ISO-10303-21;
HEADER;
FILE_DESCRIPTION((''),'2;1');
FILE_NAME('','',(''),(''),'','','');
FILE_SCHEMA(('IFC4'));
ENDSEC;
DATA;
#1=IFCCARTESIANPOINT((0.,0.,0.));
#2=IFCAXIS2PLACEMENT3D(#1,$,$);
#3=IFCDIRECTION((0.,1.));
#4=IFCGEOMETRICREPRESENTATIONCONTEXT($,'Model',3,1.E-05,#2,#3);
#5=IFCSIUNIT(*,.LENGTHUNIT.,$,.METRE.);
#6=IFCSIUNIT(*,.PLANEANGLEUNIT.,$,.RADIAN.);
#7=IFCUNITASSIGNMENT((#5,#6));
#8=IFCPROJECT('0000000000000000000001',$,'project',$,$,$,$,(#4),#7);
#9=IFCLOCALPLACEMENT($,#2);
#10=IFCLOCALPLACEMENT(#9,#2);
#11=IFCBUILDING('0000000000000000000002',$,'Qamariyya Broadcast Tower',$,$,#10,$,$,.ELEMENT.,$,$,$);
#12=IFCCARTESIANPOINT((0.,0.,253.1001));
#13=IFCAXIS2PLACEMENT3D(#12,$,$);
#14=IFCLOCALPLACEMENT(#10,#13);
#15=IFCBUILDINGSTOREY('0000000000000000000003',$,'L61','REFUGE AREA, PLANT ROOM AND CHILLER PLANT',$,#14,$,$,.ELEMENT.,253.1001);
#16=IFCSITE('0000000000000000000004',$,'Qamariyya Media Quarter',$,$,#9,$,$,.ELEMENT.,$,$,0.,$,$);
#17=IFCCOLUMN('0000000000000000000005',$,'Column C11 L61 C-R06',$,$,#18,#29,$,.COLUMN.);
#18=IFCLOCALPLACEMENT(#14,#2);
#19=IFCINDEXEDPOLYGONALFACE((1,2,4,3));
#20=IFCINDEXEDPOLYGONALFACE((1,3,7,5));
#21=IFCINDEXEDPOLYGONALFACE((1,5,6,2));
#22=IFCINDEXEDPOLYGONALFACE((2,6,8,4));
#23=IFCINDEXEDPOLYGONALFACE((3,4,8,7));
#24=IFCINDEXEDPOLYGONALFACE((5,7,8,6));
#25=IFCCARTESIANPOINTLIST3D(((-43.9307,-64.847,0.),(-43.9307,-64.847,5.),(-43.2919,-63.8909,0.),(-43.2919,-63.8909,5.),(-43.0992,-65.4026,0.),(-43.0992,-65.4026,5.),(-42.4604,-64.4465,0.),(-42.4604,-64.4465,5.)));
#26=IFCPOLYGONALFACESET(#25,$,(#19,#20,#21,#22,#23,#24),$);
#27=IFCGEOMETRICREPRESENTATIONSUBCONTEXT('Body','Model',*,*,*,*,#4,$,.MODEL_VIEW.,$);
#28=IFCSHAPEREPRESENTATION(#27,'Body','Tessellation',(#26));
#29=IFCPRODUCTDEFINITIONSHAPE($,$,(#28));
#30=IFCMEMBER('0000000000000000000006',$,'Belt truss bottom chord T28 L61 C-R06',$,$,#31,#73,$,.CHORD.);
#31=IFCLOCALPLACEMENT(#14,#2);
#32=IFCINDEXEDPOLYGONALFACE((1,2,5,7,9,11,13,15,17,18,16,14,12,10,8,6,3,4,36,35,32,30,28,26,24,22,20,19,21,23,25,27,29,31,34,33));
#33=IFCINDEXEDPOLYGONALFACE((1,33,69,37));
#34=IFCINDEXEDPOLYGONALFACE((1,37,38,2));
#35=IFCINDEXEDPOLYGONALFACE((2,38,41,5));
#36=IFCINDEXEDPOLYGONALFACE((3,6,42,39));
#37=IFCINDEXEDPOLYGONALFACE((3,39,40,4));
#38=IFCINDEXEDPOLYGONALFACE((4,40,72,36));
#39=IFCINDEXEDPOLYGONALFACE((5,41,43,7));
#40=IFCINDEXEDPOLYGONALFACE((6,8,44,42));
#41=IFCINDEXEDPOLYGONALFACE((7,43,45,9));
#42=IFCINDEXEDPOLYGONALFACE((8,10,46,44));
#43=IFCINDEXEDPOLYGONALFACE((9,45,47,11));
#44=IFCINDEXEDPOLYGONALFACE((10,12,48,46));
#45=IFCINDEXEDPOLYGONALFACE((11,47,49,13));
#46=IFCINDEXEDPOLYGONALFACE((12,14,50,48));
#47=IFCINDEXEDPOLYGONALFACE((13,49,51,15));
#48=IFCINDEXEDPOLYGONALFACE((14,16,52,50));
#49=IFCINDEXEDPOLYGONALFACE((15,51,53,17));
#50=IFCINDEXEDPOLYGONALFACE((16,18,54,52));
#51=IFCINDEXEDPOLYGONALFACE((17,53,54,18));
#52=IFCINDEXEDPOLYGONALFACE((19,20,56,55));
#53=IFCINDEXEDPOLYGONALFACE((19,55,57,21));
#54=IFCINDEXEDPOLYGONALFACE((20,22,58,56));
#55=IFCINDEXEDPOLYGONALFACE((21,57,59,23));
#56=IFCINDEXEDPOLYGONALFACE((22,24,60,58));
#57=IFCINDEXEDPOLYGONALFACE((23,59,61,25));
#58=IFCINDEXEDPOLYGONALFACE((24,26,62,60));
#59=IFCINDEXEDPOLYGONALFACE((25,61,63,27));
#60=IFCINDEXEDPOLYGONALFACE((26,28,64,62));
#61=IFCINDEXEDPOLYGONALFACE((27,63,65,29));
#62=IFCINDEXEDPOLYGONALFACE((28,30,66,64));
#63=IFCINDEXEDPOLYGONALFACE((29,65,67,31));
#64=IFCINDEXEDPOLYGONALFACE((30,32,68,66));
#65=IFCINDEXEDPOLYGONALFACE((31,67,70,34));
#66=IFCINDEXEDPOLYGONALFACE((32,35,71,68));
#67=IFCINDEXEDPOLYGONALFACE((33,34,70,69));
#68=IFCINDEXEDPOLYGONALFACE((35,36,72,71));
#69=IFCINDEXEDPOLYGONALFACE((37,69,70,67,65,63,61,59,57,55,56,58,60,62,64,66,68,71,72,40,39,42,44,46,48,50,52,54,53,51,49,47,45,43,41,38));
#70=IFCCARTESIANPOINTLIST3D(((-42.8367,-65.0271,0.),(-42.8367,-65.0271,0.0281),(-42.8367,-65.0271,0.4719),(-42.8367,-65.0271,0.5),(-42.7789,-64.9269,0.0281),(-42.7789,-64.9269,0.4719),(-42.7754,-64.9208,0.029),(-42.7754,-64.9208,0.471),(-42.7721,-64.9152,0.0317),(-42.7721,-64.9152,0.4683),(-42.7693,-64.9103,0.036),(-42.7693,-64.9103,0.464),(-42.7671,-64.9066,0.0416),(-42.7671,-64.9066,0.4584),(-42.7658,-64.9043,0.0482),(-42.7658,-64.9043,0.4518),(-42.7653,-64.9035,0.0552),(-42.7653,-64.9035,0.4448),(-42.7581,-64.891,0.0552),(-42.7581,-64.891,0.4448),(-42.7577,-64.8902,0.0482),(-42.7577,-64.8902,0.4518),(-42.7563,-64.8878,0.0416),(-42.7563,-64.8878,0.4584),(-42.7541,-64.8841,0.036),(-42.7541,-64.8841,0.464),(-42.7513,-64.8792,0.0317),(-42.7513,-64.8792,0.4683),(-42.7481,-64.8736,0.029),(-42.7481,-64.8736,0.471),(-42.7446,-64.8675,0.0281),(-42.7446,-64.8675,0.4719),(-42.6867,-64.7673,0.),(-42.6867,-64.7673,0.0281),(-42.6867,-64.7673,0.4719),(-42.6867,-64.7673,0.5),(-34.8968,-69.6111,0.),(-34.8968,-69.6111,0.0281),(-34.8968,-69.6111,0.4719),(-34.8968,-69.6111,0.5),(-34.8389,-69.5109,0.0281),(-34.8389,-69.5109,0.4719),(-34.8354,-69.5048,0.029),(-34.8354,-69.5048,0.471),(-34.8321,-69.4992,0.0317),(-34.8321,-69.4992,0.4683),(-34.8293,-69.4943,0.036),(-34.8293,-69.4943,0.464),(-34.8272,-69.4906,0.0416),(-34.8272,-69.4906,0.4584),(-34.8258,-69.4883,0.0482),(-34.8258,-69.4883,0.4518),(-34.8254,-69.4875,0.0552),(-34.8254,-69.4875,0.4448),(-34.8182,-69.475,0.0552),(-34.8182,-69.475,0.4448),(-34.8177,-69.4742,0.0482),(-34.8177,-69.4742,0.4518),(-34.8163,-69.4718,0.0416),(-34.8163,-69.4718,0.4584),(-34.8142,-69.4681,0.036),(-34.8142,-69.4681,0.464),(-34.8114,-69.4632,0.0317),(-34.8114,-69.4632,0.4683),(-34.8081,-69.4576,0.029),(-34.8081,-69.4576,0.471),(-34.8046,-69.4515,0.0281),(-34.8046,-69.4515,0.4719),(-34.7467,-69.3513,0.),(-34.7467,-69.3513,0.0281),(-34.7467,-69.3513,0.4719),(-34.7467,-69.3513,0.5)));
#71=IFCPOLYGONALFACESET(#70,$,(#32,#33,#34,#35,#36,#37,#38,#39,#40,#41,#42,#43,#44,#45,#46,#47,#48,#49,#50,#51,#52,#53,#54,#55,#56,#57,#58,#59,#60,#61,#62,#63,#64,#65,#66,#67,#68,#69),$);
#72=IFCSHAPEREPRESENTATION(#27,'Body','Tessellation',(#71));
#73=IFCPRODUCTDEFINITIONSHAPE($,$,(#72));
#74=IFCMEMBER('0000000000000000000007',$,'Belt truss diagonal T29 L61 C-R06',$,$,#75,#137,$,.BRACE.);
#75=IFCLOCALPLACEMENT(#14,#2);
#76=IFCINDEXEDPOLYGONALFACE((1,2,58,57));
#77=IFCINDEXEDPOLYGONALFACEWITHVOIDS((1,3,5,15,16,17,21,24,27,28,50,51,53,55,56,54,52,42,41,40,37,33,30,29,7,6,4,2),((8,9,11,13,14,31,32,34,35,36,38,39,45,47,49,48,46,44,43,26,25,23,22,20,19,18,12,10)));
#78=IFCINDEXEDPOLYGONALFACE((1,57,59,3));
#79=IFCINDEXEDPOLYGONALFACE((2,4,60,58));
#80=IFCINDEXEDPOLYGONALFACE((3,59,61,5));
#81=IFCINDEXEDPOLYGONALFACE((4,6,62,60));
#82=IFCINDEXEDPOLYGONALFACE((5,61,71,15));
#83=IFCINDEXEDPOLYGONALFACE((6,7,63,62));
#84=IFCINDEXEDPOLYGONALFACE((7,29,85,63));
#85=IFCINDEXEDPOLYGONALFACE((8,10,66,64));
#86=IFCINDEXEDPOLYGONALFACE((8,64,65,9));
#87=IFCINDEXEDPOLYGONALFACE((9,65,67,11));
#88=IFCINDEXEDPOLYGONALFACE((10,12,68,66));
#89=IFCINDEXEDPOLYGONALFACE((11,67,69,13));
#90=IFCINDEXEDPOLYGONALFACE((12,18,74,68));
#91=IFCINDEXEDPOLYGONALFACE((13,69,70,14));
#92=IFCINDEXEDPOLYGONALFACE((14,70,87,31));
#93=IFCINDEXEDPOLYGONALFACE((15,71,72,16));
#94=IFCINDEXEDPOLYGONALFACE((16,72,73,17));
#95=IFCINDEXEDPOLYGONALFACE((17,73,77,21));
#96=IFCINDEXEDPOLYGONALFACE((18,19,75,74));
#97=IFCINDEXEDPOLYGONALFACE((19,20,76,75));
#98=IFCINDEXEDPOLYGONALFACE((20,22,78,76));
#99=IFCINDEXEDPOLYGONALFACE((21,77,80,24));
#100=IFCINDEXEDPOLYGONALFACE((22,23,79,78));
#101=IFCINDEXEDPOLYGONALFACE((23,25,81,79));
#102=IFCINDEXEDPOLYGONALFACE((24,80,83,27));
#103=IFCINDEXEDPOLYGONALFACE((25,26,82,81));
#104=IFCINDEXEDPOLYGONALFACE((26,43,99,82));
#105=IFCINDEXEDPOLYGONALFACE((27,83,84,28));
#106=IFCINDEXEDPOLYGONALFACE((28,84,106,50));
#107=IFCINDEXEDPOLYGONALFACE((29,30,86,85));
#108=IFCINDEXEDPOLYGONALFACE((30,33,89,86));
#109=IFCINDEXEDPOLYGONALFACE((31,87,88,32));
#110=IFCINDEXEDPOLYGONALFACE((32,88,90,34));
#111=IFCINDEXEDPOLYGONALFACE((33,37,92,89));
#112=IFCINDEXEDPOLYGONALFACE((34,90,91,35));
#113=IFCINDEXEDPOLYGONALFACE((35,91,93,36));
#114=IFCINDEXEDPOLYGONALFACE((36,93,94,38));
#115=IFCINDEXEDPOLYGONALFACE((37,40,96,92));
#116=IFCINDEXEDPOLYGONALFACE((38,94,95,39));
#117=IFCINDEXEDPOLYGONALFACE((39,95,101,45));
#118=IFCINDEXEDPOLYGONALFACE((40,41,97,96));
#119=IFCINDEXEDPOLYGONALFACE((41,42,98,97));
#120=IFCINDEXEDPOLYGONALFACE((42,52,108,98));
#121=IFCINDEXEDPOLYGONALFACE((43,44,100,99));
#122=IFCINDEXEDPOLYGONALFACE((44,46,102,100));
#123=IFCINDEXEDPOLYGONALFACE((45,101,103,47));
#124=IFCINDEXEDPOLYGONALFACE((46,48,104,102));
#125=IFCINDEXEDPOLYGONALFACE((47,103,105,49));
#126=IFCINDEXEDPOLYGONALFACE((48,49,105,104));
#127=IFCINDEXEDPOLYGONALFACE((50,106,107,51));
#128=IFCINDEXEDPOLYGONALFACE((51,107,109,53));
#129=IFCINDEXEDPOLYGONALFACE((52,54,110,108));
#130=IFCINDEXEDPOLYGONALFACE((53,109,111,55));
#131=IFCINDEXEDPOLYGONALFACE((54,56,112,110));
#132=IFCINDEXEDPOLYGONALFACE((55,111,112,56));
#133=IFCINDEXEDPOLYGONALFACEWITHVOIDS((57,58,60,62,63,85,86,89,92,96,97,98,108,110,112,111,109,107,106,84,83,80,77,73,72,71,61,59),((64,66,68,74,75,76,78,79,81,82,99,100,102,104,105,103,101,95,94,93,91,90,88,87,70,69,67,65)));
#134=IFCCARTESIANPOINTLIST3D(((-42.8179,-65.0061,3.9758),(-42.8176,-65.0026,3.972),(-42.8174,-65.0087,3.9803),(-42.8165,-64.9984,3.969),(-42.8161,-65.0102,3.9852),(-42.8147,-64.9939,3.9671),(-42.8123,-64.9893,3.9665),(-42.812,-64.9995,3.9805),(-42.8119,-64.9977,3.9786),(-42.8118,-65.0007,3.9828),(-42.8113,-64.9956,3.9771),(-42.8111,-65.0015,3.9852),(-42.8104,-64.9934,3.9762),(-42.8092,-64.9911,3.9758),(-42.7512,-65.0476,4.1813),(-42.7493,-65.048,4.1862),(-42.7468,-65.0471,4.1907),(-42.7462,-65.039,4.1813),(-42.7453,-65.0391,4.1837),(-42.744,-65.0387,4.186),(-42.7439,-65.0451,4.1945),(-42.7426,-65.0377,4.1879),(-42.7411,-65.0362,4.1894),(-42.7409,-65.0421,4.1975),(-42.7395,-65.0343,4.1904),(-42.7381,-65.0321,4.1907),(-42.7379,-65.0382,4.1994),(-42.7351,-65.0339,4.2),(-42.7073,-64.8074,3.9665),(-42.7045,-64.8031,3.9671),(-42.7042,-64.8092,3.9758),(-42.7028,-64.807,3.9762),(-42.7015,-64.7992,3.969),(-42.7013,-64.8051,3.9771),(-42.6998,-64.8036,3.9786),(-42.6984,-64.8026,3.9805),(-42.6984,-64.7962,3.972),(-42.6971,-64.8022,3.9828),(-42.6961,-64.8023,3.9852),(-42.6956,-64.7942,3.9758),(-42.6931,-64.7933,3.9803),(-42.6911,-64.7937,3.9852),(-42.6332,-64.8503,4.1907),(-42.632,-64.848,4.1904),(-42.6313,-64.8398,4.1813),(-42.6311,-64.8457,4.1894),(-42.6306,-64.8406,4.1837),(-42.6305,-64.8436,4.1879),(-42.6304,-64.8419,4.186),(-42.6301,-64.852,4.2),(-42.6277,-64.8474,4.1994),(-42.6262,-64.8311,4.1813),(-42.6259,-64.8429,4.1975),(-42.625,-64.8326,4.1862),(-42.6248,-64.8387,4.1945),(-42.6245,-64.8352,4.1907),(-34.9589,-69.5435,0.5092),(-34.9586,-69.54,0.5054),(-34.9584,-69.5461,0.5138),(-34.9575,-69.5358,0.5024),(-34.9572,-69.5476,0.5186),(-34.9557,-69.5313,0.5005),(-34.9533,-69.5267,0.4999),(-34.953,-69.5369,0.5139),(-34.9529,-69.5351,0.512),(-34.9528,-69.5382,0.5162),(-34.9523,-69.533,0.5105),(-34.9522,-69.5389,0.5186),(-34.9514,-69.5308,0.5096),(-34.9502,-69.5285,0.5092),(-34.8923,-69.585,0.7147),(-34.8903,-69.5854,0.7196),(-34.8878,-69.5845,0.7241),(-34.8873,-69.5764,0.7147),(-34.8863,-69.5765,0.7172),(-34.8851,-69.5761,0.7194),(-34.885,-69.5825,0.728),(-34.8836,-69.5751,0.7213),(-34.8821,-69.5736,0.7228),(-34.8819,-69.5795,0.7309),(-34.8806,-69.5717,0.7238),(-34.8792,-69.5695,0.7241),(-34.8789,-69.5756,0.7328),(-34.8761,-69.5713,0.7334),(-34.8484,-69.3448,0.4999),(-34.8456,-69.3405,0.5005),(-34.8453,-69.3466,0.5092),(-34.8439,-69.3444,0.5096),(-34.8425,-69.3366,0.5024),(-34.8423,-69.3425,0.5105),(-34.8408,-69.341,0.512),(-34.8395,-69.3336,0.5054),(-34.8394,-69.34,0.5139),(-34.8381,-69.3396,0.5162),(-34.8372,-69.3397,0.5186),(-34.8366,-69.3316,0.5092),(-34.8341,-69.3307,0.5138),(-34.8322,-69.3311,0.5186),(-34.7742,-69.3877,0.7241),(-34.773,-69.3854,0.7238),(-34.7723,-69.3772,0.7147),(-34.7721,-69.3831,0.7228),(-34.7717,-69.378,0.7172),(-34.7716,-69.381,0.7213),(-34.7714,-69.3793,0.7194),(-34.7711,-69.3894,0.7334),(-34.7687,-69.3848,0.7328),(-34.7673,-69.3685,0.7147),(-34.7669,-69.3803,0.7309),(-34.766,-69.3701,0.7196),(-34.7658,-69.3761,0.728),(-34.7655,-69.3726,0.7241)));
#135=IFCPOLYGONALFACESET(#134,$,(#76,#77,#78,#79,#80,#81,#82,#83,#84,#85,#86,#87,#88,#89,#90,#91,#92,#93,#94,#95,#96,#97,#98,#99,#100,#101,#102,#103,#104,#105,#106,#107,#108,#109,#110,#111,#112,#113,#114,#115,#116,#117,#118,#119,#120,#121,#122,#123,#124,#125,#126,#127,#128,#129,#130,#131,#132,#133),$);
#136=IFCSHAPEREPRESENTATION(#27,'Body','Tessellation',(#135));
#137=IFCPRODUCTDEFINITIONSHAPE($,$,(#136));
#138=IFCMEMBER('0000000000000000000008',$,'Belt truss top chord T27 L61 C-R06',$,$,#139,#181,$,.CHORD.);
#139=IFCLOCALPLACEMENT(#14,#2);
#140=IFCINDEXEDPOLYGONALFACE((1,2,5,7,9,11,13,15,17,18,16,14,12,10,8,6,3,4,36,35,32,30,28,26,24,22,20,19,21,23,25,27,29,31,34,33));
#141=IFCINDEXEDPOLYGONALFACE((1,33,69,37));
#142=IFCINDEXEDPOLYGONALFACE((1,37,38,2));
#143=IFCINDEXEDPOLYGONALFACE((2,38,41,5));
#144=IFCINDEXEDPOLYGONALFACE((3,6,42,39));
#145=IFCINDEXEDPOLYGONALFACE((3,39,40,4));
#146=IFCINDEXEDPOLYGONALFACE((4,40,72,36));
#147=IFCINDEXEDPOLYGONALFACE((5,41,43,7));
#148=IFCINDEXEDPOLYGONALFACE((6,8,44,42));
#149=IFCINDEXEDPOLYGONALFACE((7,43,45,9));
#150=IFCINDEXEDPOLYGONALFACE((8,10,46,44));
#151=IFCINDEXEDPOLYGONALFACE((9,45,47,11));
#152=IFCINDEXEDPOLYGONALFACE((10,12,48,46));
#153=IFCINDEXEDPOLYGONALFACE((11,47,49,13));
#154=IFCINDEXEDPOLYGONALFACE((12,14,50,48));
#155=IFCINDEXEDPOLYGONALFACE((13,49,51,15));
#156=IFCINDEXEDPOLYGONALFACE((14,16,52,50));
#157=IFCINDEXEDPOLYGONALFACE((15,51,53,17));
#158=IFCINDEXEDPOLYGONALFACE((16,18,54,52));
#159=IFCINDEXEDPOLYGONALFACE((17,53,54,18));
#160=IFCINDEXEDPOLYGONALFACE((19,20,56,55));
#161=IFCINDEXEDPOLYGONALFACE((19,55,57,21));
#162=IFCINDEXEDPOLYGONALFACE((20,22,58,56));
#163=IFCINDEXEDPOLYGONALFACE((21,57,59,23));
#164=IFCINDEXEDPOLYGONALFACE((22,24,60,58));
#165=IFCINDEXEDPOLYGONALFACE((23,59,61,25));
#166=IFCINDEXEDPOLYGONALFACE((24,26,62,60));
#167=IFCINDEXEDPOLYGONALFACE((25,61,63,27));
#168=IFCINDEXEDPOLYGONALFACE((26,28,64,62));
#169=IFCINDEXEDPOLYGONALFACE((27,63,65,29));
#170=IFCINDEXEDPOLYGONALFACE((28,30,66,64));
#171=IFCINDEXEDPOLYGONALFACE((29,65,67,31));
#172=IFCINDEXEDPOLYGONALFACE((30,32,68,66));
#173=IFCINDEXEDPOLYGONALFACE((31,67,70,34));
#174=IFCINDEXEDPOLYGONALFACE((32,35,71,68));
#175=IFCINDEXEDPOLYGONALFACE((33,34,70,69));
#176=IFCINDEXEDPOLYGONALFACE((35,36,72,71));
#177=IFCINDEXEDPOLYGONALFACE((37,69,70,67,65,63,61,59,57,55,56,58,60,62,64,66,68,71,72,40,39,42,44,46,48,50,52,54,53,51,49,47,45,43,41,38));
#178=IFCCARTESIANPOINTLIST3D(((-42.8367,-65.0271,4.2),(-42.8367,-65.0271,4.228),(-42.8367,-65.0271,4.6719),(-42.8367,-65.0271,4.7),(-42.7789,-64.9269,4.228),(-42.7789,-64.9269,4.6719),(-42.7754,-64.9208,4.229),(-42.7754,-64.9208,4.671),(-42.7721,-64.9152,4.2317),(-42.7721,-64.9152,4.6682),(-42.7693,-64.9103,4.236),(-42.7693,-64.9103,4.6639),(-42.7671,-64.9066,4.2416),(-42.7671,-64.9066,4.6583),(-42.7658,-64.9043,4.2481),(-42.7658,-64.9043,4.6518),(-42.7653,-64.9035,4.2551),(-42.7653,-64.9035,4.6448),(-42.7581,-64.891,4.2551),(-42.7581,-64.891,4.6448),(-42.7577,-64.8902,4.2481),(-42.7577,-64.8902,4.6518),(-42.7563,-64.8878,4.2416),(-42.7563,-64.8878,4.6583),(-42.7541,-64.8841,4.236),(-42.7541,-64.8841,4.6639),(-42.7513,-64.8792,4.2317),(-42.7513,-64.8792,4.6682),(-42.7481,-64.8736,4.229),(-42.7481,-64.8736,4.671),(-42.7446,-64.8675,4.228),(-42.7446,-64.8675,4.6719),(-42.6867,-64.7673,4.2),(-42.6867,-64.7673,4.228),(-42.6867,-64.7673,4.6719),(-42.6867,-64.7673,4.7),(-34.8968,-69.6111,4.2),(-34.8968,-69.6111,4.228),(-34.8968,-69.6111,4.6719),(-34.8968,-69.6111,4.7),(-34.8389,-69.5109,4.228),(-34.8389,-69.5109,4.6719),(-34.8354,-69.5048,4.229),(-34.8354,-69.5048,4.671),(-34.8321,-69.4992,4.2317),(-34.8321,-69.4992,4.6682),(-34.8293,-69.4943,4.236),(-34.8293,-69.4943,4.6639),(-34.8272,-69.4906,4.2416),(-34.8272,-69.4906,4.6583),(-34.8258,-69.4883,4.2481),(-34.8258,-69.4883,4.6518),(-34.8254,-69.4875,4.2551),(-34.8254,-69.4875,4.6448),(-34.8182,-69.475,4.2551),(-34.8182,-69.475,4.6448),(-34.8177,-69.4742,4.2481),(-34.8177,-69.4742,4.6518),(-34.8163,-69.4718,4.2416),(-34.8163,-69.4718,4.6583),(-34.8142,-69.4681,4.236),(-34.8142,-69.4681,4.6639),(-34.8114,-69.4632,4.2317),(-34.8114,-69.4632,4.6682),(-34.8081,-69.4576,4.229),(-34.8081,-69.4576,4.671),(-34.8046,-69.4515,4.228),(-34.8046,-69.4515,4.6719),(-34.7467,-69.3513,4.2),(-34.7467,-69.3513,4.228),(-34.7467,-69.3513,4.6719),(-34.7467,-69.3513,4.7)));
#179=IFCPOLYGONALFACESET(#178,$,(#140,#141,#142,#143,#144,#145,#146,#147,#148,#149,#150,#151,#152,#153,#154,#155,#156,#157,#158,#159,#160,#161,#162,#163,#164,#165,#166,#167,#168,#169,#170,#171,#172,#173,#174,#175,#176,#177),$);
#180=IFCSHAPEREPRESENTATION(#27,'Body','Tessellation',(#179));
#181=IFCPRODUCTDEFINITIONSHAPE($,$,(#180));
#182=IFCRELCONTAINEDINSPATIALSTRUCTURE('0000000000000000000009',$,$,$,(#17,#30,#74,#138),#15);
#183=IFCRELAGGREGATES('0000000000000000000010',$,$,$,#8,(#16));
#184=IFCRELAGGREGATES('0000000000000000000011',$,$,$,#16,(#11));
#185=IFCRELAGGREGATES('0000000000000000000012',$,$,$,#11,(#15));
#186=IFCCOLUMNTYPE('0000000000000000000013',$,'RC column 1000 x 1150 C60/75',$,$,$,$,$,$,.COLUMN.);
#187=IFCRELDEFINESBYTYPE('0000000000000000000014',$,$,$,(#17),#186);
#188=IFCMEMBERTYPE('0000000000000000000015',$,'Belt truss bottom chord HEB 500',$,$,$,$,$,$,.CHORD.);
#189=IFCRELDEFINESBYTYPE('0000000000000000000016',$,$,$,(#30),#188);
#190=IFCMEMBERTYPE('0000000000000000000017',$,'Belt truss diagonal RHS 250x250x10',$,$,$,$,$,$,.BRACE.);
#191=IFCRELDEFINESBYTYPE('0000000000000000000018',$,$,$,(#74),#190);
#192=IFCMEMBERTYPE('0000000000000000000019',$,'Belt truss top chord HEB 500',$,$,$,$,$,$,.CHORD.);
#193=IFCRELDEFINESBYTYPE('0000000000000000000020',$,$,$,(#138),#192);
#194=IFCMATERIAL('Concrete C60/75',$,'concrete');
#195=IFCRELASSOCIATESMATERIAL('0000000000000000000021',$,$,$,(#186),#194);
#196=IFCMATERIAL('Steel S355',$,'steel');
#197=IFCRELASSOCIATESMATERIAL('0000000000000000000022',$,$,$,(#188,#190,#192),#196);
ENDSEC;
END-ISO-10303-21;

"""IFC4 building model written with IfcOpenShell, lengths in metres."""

from ifc_helpers import new_model, si_unit, direction, frame, origin, origin_2d, place, context, subcontext, project, spatial, rectangle, hollow_rectangle, i_section, extrude, material, material_profile, profile_set, type_object, element, save


model = new_model("IFC4")

# Units and contexts
model_context = context("Model", 3, precision=1e-05, world=origin(), true_north=direction((0.0, 1.0)))
body_context = subcontext(model_context, "Body", "Model", "MODEL_VIEW")
ifc_project = project(units=[si_unit("LENGTHUNIT", "METRE"), si_unit("PLANEANGLEUNIT", "RADIAN")], contexts=[model_context])

# Site, building, storey
site_placement = place(None, origin())
site = spatial("IfcSite", under=ifc_project, at=site_placement, Name="Qamariyya Media Quarter", CompositionType="ELEMENT", RefElevation=0.0)
building_placement = place(site_placement, origin())
building = spatial("IfcBuilding", under=site, at=building_placement, Name="Qamariyya Broadcast Tower", CompositionType="ELEMENT")
storey_placement = place(building_placement, frame((0.0, 0.0, 253.1001)))
storey = spatial("IfcBuildingStorey", under=building, at=storey_placement, Name="L61", Description="REFUGE AREA, PLANT ROOM AND CHILLER PLANT", CompositionType="ELEMENT", Elevation=253.1001)

# Column
ifc_material_1 = material(Name="Concrete C60/75", Category="concrete")
ifc_material_profile_1 = material_profile(ifc_material_1, rectangle(XDim=1.0, YDim=1.1499, at=origin_2d()))
ifc_profile_set_1 = profile_set([ifc_material_profile_1], Name="Concrete C60/75")
column_type = type_object("IfcColumnType", Name="RC column 1000 x 1150 C60/75", PredefinedType="COLUMN", material=ifc_profile_set_1)
column_placement = place(storey_placement, frame((-43.1956, -64.6467, 0.0), z_axis=(0.0, 0.0, 1.0), x_axis=(0.83147, -0.55557, 0.0)))
element("IfcColumn", 1, at=column_placement, inside=storey, type_object=column_type, Name="Column C11 L61 C-R06", PredefinedType="COLUMN", context=body_context, shape_type="SweptSolid", body=[
    extrude(rectangle(XDim=1.0, YDim=1.1499, at=origin_2d()), origin(), (0.0, 0.0, 1.0), 5.0),
])

# Members
ifc_material_2 = material(Name="Steel S355", Category="steel")
ifc_material_profile_2 = material_profile(ifc_material_2, i_section(OverallWidth=0.3, OverallDepth=0.5, WebThickness=0.0144, FlangeThickness=0.0281, FilletRadius=0.0271, at=origin_2d()))
ifc_profile_set_2 = profile_set([ifc_material_profile_2], Name="Steel S355")
member_type_1 = type_object("IfcMemberType", Name="Belt truss bottom chord HEB 500", PredefinedType="CHORD", material=ifc_profile_set_2)
member_1_placement = place(storey_placement, frame((-42.7617, -64.8972, 0.25), z_axis=(0.866032, -0.499988, 0.0), x_axis=(0.499988, 0.866032, 0.0)))
element("IfcMember", 2, at=member_1_placement, inside=storey, type_object=member_type_1, Name="Belt truss bottom chord T28 L61 C-R06", PredefinedType="CHORD", context=body_context, shape_type="SweptSolid", body=[
    extrude(i_section(OverallWidth=0.3, OverallDepth=0.5, WebThickness=0.0144, FlangeThickness=0.0281, FilletRadius=0.0271, at=origin_2d()), origin(), (0.0, 0.0, 1.0), 9.1682),
])
ifc_material_profile_3 = material_profile(ifc_material_2, hollow_rectangle(XDim=0.25, YDim=0.25, WallThickness=0.01, InnerFilletRadius=0.01, OuterFilletRadius=0.02, at=origin_2d()))
ifc_profile_set_3 = profile_set([ifc_material_profile_3], Name="Steel S355")
member_type_2 = type_object("IfcMemberType", Name="Belt truss diagonal RHS 250x250x10", PredefinedType="BRACE", material=ifc_profile_set_3)
member_2_placement = place(storey_placement, frame((-42.7212, -64.9207, 4.0833), z_axis=(0.809006, -0.467082, -0.356852), x_axis=(0.500002, 0.866024, 0.0)))
element("IfcMember", 3, at=member_2_placement, inside=storey, type_object=member_type_2, Name="Belt truss diagonal T29 L61 C-R06", PredefinedType="BRACE", context=body_context, shape_type="SweptSolid", body=[
    extrude(hollow_rectangle(XDim=0.25, YDim=0.25, WallThickness=0.01, InnerFilletRadius=0.01, OuterFilletRadius=0.02, at=origin_2d()), origin(), (0.0, 0.0, 1.0), 9.7144),
])
ifc_material_profile_4 = material_profile(ifc_material_2, i_section(OverallWidth=0.3, OverallDepth=0.5, WebThickness=0.0144, FlangeThickness=0.0281, FilletRadius=0.0271, at=origin_2d()))
ifc_profile_set_4 = profile_set([ifc_material_profile_4], Name="Steel S355")
member_type_3 = type_object("IfcMemberType", Name="Belt truss top chord HEB 500", PredefinedType="CHORD", material=ifc_profile_set_4)
member_3_placement = place(storey_placement, frame((-42.7617, -64.8972, 4.45), z_axis=(0.866032, -0.499988, 0.0), x_axis=(0.499988, 0.866032, 0.0)))
element("IfcMember", 4, at=member_3_placement, inside=storey, type_object=member_type_3, Name="Belt truss top chord T27 L61 C-R06", PredefinedType="CHORD", context=body_context, shape_type="SweptSolid", body=[
    extrude(i_section(OverallWidth=0.3, OverallDepth=0.5, WebThickness=0.0144, FlangeThickness=0.0281, FilletRadius=0.0271, at=origin_2d()), origin(), (0.0, 0.0, 1.0), 9.1682),
])

save(model, "model.ifc")
